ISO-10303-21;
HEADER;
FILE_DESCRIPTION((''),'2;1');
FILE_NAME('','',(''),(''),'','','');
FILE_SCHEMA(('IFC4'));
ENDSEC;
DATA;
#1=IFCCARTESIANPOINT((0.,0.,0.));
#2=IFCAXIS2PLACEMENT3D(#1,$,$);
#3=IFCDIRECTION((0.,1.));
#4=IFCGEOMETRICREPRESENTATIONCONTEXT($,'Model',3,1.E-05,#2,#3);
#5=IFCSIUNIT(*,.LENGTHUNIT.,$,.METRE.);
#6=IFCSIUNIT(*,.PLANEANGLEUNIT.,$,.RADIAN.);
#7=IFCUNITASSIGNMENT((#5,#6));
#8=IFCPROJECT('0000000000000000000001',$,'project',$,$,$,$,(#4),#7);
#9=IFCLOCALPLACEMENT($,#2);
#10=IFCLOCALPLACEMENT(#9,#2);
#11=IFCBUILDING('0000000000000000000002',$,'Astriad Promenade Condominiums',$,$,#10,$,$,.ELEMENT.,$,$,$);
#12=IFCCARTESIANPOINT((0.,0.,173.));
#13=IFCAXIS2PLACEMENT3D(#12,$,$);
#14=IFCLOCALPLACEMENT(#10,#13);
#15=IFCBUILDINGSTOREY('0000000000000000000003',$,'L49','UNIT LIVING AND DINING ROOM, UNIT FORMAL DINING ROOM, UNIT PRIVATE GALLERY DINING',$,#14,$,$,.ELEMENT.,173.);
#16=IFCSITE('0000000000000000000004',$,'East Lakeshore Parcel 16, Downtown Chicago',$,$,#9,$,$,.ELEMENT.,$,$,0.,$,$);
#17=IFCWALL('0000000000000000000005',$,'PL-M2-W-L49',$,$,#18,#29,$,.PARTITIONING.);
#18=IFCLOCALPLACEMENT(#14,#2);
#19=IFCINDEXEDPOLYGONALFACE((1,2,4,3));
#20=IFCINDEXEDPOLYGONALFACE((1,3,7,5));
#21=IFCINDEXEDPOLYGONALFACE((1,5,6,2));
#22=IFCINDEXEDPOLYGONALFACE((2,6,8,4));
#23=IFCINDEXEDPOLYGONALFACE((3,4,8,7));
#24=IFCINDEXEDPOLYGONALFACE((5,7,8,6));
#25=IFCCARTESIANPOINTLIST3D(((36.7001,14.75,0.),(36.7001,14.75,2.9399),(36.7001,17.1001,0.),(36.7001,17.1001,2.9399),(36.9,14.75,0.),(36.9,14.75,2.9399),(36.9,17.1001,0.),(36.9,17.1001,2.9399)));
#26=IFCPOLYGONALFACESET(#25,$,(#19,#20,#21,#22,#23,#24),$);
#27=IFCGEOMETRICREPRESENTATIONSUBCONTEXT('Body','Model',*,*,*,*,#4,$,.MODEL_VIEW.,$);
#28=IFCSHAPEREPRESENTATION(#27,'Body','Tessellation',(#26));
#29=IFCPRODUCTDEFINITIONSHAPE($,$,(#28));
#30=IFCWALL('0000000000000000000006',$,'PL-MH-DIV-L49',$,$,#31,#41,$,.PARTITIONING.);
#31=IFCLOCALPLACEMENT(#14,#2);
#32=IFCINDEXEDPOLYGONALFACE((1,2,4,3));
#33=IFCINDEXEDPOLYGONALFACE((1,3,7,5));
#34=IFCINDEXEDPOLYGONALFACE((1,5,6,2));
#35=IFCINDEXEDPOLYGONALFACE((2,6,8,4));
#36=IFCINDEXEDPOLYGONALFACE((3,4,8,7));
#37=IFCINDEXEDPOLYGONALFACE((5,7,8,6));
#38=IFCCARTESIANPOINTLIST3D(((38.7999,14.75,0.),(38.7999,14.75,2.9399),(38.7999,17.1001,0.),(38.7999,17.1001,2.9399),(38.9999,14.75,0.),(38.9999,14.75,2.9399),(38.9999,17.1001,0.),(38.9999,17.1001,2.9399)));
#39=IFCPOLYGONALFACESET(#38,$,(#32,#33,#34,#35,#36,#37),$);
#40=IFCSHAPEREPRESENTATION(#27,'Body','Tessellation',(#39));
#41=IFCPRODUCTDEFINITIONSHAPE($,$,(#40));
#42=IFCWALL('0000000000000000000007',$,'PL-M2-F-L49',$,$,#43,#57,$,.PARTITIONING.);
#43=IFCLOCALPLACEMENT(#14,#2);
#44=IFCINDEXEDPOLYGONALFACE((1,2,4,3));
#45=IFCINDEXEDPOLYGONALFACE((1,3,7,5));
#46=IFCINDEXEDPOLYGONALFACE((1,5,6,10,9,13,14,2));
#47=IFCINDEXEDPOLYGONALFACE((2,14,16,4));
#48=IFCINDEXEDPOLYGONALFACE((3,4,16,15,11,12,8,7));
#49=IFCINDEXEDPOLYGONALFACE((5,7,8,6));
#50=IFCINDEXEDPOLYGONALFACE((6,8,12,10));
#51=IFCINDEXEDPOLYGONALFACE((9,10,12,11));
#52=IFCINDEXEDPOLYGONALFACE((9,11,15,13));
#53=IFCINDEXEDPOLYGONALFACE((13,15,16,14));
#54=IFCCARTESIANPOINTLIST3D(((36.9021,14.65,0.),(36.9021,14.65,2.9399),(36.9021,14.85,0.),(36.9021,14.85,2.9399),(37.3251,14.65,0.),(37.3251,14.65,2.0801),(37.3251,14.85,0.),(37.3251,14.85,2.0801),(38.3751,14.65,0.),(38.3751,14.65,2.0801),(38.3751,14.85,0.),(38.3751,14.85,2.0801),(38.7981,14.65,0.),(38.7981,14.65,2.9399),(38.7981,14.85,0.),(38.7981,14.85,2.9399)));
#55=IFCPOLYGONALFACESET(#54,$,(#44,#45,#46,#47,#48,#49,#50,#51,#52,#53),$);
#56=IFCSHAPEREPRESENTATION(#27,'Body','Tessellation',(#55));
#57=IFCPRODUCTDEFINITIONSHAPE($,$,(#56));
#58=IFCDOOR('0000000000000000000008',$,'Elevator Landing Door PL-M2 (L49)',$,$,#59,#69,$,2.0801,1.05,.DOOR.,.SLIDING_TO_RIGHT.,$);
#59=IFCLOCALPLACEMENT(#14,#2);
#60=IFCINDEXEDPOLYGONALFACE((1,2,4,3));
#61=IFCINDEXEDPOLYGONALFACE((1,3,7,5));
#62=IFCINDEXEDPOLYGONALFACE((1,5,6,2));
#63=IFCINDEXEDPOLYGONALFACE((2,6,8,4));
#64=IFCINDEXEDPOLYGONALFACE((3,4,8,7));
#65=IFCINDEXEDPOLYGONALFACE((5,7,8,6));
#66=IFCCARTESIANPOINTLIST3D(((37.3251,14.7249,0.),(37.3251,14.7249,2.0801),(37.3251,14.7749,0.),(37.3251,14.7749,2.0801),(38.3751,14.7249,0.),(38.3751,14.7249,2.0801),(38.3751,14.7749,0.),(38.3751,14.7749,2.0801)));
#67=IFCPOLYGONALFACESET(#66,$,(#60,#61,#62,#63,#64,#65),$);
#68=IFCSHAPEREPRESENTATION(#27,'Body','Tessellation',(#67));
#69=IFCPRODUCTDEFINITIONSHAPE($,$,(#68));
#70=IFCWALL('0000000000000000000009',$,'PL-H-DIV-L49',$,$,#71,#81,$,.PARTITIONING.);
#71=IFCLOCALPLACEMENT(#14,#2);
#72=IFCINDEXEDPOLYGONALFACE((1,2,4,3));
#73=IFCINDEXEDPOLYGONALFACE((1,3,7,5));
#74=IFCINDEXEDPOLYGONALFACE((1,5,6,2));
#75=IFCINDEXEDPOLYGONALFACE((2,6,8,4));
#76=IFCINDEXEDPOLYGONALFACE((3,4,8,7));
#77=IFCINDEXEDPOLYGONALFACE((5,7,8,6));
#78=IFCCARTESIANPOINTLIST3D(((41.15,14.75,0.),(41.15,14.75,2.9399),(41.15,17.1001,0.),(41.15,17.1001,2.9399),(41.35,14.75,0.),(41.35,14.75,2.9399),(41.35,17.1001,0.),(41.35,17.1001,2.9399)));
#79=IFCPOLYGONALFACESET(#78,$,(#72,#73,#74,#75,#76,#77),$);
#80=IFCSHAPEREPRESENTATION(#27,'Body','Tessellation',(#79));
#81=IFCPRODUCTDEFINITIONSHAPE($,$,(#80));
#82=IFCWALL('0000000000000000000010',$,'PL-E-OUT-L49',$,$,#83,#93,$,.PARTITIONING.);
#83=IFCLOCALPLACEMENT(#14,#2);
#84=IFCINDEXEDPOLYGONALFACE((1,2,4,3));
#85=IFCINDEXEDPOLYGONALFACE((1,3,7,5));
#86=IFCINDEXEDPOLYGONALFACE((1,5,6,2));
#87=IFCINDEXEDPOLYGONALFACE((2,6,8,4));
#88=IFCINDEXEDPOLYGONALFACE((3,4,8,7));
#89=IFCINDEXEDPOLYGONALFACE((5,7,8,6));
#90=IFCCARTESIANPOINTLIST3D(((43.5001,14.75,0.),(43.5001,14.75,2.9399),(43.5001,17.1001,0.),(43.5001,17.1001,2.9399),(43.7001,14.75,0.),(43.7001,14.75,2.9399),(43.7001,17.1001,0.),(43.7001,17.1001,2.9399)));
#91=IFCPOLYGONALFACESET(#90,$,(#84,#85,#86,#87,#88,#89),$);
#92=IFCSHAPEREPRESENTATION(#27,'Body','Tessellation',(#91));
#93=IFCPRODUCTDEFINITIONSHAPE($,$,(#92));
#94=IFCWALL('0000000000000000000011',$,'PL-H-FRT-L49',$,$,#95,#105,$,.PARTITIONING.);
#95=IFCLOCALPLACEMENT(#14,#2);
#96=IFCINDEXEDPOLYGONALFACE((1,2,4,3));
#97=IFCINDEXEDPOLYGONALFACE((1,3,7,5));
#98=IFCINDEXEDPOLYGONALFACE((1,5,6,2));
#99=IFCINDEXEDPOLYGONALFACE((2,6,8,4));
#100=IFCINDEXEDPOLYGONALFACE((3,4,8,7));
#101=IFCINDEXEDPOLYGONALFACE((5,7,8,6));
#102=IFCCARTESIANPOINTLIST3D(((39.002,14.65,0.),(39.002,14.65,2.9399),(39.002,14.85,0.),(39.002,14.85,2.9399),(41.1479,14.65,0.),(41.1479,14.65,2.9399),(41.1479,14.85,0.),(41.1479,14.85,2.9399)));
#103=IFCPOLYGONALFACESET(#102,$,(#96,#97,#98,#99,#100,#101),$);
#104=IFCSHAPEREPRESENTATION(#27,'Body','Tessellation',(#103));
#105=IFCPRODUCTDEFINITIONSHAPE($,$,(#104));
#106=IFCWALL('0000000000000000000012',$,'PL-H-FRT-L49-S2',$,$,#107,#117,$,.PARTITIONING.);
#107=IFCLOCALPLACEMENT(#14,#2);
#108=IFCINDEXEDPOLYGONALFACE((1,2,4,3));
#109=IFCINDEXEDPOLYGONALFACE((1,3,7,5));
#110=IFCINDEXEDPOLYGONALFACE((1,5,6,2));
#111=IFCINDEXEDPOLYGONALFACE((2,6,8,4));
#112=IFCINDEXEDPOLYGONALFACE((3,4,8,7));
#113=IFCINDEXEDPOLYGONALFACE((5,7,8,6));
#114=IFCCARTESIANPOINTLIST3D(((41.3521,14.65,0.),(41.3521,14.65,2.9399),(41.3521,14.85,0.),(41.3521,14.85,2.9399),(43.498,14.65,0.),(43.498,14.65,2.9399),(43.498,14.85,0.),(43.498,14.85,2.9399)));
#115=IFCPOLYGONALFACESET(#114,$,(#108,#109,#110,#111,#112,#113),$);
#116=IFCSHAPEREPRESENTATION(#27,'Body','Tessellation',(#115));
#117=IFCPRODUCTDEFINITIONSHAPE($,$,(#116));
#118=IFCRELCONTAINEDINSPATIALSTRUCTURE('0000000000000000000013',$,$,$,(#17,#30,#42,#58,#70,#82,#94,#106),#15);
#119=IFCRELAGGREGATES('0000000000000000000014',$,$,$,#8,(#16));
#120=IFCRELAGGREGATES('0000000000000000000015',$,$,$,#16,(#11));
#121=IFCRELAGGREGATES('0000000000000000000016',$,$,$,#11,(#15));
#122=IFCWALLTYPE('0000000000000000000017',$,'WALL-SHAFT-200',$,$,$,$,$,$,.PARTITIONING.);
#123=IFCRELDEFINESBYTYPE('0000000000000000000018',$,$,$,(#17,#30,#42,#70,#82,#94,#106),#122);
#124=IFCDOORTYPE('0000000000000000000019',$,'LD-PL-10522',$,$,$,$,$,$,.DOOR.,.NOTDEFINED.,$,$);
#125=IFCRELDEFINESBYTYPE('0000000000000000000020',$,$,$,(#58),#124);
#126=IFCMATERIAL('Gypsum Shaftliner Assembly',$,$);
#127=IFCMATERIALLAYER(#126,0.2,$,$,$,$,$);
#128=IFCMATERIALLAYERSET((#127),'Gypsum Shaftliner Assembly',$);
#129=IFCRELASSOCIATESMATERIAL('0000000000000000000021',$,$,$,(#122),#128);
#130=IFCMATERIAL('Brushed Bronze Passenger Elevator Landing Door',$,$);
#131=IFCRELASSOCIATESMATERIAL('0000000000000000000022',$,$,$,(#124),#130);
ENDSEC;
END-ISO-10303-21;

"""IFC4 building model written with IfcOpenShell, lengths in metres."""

from ifc_helpers import new_model, si_unit, direction, frame, frame_2d, origin, place, context, subcontext, project, spatial, rectangle, extrude, source, transform, mapped, material, layer, layer_set, type_object, type_shapes, element, fill, save


model = new_model("IFC4")

# Units and contexts
model_context = context("Model", 3, precision=1e-05, world=origin(), true_north=direction((0.0, 1.0)))
body_context = subcontext(model_context, "Body", "Model", "MODEL_VIEW")
ifc_project = project(units=[si_unit("LENGTHUNIT", "METRE"), si_unit("PLANEANGLEUNIT", "RADIAN")], contexts=[model_context])

# Site, building, storey
site_placement = place(None, origin())
site = spatial("IfcSite", under=ifc_project, at=site_placement, Name="East Lakeshore Parcel 16, Downtown Chicago", CompositionType="ELEMENT", RefElevation=0.0)
building_placement = place(site_placement, origin())
building = spatial("IfcBuilding", under=site, at=building_placement, Name="Astriad Promenade Condominiums", CompositionType="ELEMENT")
storey_placement = place(building_placement, frame((0.0, 0.0, 173.0)))
storey = spatial("IfcBuildingStorey", under=building, at=storey_placement, Name="L49", Description="UNIT LIVING AND DINING ROOM, UNIT FORMAL DINING ROOM, UNIT PRIVATE GALLERY DINING", CompositionType="ELEMENT", Elevation=173.0)

# Walls
ifc_material_1 = material(Name="Gypsum Shaftliner Assembly")
ifc_layer_1 = layer(ifc_material_1, 0.2)
ifc_layer_set_1 = layer_set([ifc_layer_1], Name="Gypsum Shaftliner Assembly")
wall_type_1 = type_object("IfcWallType", Name="WALL-SHAFT-200", PredefinedType="PARTITIONING", material=ifc_layer_set_1)
for number, where, z_axis, x_axis, name in (
    (1, (36.8, 14.75, 0.0), (0.0, 0.0, 1.0), (0.0, 1.0, 0.0), "PL-M2-W-L49"),
    (2, (38.8999, 14.75, 0.0), (0.0, 0.0, 1.0), (0.0, 1.0, 0.0), "PL-MH-DIV-L49"),
):
    element("IfcWall", number, at=place(storey_placement, frame(where, z_axis=z_axis, x_axis=x_axis)), inside=storey, type_object=wall_type_1, Name=name, PredefinedType="PARTITIONING", context=body_context, shape_type="SweptSolid", body=[
        extrude(rectangle(XDim=2.3501, YDim=0.2, at=frame_2d((1.175, 0.0))), origin(), (0.0, 0.0, 1.0), 2.9399),
    ])

# Wall, opening, door
wall_1_placement = place(storey_placement, frame((36.9021, 14.75, 0.0), z_axis=(0.0, 0.0, 1.0), x_axis=(1.0, 0.0, 0.0)))
wall_1 = element("IfcWall", 3, at=wall_1_placement, inside=storey, type_object=wall_type_1, Name="PL-M2-F-L49", PredefinedType="PARTITIONING", context=body_context, shape_type="SweptSolid", body=[
    extrude(rectangle(XDim=1.896, YDim=0.2, at=frame_2d((0.948, 0.0))), origin(), (0.0, 0.0, 1.0), 2.9399),
])
opening_1_placement = place(wall_1_placement, frame((0.4231, 0.0, 0.0)))
opening_1 = element("IfcOpeningElement", 4, at=opening_1_placement, cuts=wall_1, PredefinedType="OPENING", context=body_context, shape_type="SweptSolid", body=[
    extrude(rectangle(XDim=1.05, YDim=2.0801, at=frame_2d((0.5249, 1.04))), frame((0.0, 0.1099, 0.0), z_axis=(0.0, -1.0, 0.0), x_axis=(1.0, 0.0, 0.0)), (0.0, 0.0, 1.0), 0.22),
])
ifc_material_2 = material(Name="Brushed Bronze Passenger Elevator Landing Door")
door_type_1 = type_object("IfcDoorType", Name="LD-PL-10522", OperationType="NOTDEFINED", PredefinedType="DOOR", material=ifc_material_2)
shared_shape_1 = source(origin(), body_context, "Body", "SweptSolid", [
    extrude(rectangle(XDim=1.05, YDim=2.0801, at=frame_2d((0.5249, 1.04))), frame((0.0, 0.0249, 0.0), z_axis=(0.0, -1.0, 0.0), x_axis=(1.0, 0.0, 0.0)), (0.0, 0.0, 1.0), 0.05),
])
type_shapes(door_type_1, [shared_shape_1])
door_1_placement = place(opening_1_placement, origin())
door_1 = element("IfcDoor", 5, at=door_1_placement, inside=storey, type_object=door_type_1, Name="Elevator Landing Door PL-M2 (L49)", OperationType="SLIDING_TO_RIGHT", OverallHeight=2.0801, OverallWidth=1.05, PredefinedType="DOOR", context=body_context, shape_type="MappedRepresentation", body=[
    mapped(shared_shape_1, transform((0.0, 0.0, 0.0), scale=1.0)),
])
fill(opening_1, door_1)

# Walls
for number, where, z_axis, x_axis, name in (
    (6, (41.25, 14.75, 0.0), (0.0, 0.0, 1.0), (0.0, 1.0, 0.0), "PL-H-DIV-L49"),
    (7, (43.6001, 14.75, 0.0), (0.0, 0.0, 1.0), (0.0, 1.0, 0.0), "PL-E-OUT-L49"),
):
    element("IfcWall", number, at=place(storey_placement, frame(where, z_axis=z_axis, x_axis=x_axis)), inside=storey, type_object=wall_type_1, Name=name, PredefinedType="PARTITIONING", context=body_context, shape_type="SweptSolid", body=[
        extrude(rectangle(XDim=2.3501, YDim=0.2, at=frame_2d((1.175, 0.0))), origin(), (0.0, 0.0, 1.0), 2.9399),
    ])
for number, where, z_axis, x_axis, name in (
    (8, (39.002, 14.75, 0.0), (0.0, 0.0, 1.0), (1.0, 0.0, 0.0), "PL-H-FRT-L49"),
    (9, (41.3521, 14.75, 0.0), (0.0, 0.0, 1.0), (1.0, 0.0, 0.0), "PL-H-FRT-L49-S2"),
):
    element("IfcWall", number, at=place(storey_placement, frame(where, z_axis=z_axis, x_axis=x_axis)), inside=storey, type_object=wall_type_1, Name=name, PredefinedType="PARTITIONING", context=body_context, shape_type="SweptSolid", body=[
        extrude(rectangle(XDim=2.146, YDim=0.2, at=frame_2d((1.073, 0.0))), origin(), (0.0, 0.0, 1.0), 2.9399),
    ])

save(model, "model.ifc")
